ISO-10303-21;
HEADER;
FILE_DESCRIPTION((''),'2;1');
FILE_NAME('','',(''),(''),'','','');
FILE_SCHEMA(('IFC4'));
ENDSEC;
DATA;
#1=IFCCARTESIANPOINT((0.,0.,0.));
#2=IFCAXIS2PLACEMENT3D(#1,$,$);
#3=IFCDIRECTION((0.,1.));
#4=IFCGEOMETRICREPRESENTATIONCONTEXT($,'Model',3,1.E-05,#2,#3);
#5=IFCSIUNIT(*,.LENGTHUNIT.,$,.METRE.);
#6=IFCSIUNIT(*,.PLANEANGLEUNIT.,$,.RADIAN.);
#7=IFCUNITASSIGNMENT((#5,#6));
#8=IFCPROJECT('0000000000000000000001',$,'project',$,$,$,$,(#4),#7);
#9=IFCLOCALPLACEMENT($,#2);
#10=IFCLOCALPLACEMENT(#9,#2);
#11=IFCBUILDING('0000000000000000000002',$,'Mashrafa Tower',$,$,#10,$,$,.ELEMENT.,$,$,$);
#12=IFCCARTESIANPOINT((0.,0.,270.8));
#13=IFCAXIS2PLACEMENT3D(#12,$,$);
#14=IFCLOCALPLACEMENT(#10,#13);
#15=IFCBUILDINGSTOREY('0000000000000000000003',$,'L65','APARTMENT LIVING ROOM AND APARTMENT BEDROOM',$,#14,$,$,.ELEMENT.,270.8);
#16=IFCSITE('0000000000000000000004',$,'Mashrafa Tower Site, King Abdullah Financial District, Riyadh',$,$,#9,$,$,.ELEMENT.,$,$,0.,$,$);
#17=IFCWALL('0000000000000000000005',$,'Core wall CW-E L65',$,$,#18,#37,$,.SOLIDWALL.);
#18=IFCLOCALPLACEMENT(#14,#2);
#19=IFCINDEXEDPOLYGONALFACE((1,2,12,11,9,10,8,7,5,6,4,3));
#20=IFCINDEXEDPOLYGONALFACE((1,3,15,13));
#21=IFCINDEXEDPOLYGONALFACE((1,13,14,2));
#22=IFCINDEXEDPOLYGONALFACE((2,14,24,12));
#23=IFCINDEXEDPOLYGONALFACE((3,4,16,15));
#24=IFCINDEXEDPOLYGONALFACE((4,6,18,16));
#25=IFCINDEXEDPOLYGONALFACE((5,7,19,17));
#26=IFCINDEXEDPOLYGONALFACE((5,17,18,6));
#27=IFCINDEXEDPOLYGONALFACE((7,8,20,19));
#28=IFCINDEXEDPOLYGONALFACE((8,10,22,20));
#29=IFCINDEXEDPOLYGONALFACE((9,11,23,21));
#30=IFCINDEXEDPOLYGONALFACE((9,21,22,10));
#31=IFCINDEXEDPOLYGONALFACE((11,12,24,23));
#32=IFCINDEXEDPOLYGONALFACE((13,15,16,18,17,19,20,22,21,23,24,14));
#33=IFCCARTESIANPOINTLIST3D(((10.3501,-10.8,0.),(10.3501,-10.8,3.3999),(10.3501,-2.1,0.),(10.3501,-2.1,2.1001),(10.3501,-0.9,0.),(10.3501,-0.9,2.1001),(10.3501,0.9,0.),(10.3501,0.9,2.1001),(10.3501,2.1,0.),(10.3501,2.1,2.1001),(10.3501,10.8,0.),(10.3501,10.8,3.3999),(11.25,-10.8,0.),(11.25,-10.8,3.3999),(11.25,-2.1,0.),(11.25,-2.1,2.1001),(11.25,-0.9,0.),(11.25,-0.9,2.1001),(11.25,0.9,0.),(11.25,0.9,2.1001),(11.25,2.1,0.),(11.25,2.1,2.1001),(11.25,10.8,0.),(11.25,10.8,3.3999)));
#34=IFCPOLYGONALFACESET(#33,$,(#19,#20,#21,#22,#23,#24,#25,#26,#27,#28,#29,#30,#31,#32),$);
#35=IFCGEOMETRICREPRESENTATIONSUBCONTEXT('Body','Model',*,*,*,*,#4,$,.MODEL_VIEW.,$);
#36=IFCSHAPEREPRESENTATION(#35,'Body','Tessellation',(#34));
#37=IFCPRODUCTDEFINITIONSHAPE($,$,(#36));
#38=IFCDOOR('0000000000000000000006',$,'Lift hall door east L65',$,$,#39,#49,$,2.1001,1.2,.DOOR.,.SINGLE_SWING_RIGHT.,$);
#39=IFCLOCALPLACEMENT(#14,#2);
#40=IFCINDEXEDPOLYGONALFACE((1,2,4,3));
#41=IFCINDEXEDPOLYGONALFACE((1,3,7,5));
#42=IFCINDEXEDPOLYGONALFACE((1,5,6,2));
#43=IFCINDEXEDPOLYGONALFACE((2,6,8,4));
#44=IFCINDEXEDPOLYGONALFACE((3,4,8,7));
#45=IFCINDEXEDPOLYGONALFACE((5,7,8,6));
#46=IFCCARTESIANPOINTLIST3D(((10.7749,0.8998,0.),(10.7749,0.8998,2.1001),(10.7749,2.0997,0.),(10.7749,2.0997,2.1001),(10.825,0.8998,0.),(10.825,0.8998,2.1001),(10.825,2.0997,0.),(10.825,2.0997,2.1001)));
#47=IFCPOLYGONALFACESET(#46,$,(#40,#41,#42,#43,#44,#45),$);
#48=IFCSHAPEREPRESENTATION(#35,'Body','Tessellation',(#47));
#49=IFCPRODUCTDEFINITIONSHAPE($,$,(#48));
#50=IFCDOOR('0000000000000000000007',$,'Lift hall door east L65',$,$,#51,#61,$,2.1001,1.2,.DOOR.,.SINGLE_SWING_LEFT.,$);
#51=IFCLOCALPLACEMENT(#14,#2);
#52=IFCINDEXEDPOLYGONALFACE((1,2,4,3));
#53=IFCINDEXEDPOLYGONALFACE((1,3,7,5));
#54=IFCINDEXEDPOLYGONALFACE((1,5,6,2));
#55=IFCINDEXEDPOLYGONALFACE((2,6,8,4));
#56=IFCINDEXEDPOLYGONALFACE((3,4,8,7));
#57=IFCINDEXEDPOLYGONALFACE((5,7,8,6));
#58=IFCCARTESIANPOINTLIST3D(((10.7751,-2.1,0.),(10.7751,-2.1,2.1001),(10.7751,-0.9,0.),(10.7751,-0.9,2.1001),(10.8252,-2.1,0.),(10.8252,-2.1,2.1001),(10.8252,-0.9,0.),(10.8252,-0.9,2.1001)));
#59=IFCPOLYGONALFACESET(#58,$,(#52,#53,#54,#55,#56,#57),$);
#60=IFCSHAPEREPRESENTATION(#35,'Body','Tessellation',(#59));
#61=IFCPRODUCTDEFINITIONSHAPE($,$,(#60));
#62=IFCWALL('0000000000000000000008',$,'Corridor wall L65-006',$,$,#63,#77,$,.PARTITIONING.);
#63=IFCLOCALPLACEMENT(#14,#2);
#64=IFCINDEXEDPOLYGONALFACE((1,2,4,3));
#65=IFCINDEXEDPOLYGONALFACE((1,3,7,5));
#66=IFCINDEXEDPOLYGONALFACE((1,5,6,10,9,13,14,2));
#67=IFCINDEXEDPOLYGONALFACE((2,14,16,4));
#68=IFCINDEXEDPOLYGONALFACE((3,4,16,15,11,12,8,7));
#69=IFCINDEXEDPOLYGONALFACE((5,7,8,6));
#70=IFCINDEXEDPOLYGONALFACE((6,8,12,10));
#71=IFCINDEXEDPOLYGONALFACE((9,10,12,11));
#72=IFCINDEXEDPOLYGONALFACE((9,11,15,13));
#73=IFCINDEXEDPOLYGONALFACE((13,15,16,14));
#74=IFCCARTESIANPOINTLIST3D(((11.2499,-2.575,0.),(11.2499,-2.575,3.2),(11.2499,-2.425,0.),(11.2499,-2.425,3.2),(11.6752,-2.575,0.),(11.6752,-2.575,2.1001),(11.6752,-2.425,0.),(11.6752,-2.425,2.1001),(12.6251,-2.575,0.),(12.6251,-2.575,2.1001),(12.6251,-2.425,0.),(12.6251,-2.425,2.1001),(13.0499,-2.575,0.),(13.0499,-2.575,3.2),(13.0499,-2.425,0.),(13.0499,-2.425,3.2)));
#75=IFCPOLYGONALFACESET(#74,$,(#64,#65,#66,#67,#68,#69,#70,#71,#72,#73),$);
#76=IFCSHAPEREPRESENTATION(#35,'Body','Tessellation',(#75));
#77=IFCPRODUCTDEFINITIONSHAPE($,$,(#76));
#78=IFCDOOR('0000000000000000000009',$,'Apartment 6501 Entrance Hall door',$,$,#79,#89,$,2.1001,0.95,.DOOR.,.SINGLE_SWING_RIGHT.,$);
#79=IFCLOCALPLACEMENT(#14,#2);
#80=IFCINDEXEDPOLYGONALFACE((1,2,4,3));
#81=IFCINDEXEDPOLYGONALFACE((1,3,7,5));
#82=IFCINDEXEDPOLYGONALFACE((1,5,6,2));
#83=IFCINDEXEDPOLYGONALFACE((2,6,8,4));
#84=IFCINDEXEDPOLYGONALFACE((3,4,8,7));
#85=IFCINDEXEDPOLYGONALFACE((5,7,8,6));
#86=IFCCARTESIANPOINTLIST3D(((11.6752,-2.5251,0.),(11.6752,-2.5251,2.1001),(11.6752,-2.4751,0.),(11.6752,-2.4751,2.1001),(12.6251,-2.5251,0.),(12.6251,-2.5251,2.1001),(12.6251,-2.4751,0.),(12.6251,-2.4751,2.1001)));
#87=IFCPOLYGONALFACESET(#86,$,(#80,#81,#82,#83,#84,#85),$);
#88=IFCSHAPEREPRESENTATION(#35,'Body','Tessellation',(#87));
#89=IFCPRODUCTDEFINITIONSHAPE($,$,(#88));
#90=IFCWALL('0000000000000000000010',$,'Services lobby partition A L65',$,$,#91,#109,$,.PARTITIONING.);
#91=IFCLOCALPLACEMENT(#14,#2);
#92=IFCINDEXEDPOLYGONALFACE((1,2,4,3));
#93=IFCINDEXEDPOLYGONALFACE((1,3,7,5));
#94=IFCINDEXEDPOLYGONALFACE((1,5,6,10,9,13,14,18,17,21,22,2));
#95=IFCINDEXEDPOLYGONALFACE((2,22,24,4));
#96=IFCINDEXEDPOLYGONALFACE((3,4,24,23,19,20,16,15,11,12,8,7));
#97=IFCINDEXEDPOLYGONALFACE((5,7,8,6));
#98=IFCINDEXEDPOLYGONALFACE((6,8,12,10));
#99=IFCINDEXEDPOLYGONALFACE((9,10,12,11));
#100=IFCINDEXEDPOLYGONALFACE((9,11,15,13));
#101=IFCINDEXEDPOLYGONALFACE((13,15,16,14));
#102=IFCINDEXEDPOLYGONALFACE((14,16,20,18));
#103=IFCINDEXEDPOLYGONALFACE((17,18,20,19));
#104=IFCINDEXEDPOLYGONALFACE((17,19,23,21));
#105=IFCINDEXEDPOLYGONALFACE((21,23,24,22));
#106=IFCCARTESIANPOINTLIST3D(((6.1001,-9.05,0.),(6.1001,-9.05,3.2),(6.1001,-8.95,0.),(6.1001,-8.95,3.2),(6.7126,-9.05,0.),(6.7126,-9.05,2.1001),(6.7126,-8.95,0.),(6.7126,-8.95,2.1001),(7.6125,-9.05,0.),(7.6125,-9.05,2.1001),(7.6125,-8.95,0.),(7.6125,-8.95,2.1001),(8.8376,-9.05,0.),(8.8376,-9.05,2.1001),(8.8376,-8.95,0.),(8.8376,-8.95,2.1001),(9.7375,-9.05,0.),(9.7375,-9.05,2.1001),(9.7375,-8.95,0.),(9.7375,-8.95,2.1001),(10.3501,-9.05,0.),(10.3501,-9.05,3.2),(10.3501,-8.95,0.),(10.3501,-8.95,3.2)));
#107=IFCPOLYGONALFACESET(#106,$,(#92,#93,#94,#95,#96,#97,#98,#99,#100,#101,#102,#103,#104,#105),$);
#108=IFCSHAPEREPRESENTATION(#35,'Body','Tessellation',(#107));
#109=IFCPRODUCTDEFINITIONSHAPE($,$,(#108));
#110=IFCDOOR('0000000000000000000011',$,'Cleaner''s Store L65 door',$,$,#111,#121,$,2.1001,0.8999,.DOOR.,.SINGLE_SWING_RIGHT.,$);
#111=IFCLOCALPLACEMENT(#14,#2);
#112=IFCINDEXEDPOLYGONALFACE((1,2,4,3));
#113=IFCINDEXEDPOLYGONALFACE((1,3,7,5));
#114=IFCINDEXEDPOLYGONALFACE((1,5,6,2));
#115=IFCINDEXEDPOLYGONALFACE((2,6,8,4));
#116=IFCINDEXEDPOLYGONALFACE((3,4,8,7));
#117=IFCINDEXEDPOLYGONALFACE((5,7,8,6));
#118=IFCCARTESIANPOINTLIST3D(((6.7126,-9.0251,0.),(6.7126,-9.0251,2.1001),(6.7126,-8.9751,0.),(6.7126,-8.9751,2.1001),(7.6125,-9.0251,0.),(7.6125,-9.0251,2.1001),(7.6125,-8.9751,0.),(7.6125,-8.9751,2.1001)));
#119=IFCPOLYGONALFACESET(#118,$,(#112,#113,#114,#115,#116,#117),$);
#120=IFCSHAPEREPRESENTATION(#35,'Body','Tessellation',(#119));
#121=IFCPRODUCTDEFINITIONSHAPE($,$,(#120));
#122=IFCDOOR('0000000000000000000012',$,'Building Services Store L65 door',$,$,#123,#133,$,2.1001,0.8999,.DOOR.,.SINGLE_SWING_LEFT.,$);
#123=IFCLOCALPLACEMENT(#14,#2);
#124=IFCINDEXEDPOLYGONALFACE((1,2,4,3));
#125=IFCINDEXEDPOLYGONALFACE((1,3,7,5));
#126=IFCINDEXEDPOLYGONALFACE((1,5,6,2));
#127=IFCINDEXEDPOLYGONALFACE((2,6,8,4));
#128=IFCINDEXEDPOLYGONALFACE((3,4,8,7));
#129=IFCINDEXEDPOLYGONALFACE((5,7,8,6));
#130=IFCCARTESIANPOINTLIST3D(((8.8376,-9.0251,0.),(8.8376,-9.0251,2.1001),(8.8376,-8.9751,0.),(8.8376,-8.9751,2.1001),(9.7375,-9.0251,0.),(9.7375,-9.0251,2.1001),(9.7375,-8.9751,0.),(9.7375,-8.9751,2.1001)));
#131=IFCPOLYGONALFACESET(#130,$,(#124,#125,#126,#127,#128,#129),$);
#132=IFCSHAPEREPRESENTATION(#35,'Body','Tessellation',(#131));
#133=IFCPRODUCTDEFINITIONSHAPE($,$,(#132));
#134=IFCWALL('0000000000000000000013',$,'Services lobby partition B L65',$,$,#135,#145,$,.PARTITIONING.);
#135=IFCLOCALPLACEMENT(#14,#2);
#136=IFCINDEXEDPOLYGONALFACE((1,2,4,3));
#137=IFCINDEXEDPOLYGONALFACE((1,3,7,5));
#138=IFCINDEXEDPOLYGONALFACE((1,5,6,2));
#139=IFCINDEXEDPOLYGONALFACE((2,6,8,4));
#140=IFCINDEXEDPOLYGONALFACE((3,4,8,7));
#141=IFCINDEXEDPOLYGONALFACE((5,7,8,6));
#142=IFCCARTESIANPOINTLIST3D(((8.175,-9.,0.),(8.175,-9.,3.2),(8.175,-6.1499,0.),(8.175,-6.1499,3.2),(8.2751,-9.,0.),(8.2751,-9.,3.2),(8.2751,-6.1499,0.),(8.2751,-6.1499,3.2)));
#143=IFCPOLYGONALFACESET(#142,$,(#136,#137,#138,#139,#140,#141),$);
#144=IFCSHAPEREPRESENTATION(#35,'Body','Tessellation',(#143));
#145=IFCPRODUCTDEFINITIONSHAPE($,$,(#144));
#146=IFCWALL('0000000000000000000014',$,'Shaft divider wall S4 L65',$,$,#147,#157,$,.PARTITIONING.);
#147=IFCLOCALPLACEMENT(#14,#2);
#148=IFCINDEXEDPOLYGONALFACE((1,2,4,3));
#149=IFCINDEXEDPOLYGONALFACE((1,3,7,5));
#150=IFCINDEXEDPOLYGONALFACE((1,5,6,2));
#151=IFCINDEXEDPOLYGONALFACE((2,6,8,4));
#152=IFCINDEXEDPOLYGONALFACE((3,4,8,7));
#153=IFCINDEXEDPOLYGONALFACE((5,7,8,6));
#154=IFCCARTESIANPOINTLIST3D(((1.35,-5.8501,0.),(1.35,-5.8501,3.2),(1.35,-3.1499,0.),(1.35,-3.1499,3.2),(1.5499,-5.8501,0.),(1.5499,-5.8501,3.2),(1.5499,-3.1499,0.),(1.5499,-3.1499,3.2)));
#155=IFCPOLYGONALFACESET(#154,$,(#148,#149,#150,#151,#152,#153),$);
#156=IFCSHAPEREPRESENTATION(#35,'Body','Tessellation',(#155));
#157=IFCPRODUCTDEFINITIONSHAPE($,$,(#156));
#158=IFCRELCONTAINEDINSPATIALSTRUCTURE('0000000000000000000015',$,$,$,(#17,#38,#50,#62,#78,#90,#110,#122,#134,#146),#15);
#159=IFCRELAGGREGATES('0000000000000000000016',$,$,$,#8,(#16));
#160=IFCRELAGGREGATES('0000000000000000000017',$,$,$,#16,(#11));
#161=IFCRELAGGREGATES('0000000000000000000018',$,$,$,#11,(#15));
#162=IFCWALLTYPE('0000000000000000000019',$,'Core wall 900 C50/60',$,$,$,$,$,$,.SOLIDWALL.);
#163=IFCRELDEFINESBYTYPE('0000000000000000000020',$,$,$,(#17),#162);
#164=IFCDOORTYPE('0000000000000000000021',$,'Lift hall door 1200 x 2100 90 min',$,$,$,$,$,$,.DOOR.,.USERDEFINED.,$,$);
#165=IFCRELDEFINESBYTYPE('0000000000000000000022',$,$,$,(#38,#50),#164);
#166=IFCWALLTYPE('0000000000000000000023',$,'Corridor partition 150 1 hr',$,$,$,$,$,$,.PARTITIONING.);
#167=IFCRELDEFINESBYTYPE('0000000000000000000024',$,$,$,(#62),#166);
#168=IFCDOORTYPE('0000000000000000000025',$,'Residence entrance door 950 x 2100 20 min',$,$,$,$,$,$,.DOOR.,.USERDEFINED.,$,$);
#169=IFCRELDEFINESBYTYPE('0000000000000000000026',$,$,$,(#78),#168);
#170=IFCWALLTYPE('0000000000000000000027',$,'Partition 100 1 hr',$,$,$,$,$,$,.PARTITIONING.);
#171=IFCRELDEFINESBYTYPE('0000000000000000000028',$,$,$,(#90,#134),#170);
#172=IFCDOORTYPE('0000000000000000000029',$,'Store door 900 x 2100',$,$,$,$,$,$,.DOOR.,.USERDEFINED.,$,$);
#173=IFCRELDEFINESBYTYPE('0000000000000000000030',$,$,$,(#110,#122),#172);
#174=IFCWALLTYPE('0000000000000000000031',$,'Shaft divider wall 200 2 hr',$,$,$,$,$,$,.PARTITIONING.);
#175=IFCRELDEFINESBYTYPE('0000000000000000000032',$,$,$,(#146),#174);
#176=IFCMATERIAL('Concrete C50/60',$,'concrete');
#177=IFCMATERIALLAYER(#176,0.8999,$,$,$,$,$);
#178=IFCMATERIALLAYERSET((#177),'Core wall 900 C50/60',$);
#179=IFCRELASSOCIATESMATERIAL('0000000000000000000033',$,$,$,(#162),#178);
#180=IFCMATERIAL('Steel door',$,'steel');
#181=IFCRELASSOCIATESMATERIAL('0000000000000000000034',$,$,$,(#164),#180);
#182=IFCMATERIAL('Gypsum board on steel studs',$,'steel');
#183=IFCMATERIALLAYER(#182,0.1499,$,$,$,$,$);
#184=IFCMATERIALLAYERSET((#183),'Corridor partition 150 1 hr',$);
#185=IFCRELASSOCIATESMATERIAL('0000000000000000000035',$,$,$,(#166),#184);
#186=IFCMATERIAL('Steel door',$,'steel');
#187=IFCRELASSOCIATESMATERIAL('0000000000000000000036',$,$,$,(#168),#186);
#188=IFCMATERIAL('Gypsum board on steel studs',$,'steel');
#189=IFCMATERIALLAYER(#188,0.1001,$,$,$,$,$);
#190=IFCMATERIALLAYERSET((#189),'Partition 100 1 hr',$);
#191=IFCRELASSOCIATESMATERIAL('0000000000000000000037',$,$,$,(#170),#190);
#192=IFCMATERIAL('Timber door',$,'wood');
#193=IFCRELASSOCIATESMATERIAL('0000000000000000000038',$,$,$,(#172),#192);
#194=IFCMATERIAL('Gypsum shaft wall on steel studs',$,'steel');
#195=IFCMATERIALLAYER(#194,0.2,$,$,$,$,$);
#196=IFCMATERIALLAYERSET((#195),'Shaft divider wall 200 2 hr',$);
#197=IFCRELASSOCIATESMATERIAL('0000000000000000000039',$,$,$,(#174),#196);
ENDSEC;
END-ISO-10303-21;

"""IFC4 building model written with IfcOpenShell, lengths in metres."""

from ifc_helpers import new_model, si_unit, direction, frame, frame_2d, origin, place, context, subcontext, project, spatial, rectangle, extrude, material, layer, layer_set, type_object, element, fill, save


model = new_model("IFC4")

# Units and contexts
model_context = context("Model", 3, precision=1e-05, world=origin(), true_north=direction((0.0, 1.0)))
body_context = subcontext(model_context, "Body", "Model", "MODEL_VIEW")
ifc_project = project(units=[si_unit("LENGTHUNIT", "METRE"), si_unit("PLANEANGLEUNIT", "RADIAN")], contexts=[model_context])

# Site, building, storey
site_placement = place(None, origin())
site = spatial("IfcSite", under=ifc_project, at=site_placement, Name="Mashrafa Tower Site, King Abdullah Financial District, Riyadh", CompositionType="ELEMENT", RefElevation=0.0)
building_placement = place(site_placement, origin())
building = spatial("IfcBuilding", under=site, at=building_placement, Name="Mashrafa Tower", CompositionType="ELEMENT")
storey_placement = place(building_placement, frame((0.0, 0.0, 270.8)))
storey = spatial("IfcBuildingStorey", under=building, at=storey_placement, Name="L65", Description="APARTMENT LIVING ROOM AND APARTMENT BEDROOM", CompositionType="ELEMENT", Elevation=270.8)

# Wall, openings, doors
ifc_material_1 = material(Name="Concrete C50/60", Category="concrete")
ifc_layer_1 = layer(ifc_material_1, 0.8999)
ifc_layer_set_1 = layer_set([ifc_layer_1], Name="Core wall 900 C50/60")
wall_type_1 = type_object("IfcWallType", Name="Core wall 900 C50/60", PredefinedType="SOLIDWALL", material=ifc_layer_set_1)
wall_1_placement = place(storey_placement, frame((10.8, -10.8, 0.0), z_axis=(0.0, 0.0, 1.0), x_axis=(0.0, 1.0, 0.0)))
wall_1 = element("IfcWall", 1, at=wall_1_placement, inside=storey, type_object=wall_type_1, Name="Core wall CW-E L65", PredefinedType="SOLIDWALL", context=body_context, shape_type="SweptSolid", body=[
    extrude(rectangle(XDim=21.6001, YDim=0.8999, at=frame_2d((10.8, 0.0))), origin(), (0.0, 0.0, 1.0), 3.3999),
])
opening_1_placement = place(wall_1_placement, frame((11.7, 0.0, 0.0)))
opening_1 = element("IfcOpeningElement", 2, at=opening_1_placement, cuts=wall_1, PredefinedType="OPENING", context=body_context, shape_type="SweptSolid", body=[
    extrude(rectangle(XDim=1.2, YDim=2.1001, at=frame_2d((0.6001, 1.05))), frame((0.0, 0.46, 0.0), z_axis=(0.0, -1.0, 0.0), x_axis=(1.0, 0.0, 0.0)), (0.0, 0.0, 1.0), 0.9199),
])
opening_2_placement = place(wall_1_placement, frame((8.7, 0.0, 0.0)))
opening_2 = element("IfcOpeningElement", 3, at=opening_2_placement, cuts=wall_1, PredefinedType="OPENING", context=body_context, shape_type="SweptSolid", body=[
    extrude(rectangle(XDim=1.2, YDim=2.1001, at=frame_2d((0.6001, 1.05))), frame((0.0, 0.46, 0.0), z_axis=(0.0, -1.0, 0.0), x_axis=(1.0, 0.0, 0.0)), (0.0, 0.0, 1.0), 0.9199),
])
ifc_material_2 = material(Name="Steel door", Category="steel")
door_type_1 = type_object("IfcDoorType", Name="Lift hall door 1200 x 2100 90 min", OperationType="USERDEFINED", PredefinedType="DOOR", material=ifc_material_2)
door_1_placement = place(opening_1_placement, frame((1.2, 0.0, 0.0), z_axis=(0.0, 0.0, 1.0), x_axis=(-1.0, 0.0, 0.0)))
door_1 = element("IfcDoor", 4, at=door_1_placement, inside=storey, type_object=door_type_1, Name="Lift hall door east L65", OperationType="SINGLE_SWING_RIGHT", OverallHeight=2.1001, OverallWidth=1.2, PredefinedType="DOOR", context=body_context, shape_type="SweptSolid", body=[
    extrude(rectangle(XDim=1.2, YDim=2.1001, at=frame_2d((0.6001, 1.05))), frame((0.0, 0.0249, 0.0), z_axis=(0.0, -1.0, 0.0), x_axis=(1.0, 0.0, 0.0)), (0.0, 0.0, 1.0), 0.05),
])
fill(opening_1, door_1)
door_2_placement = place(opening_2_placement, origin())
door_2 = element("IfcDoor", 5, at=door_2_placement, inside=storey, type_object=door_type_1, Name="Lift hall door east L65", OperationType="SINGLE_SWING_LEFT", OverallHeight=2.1001, OverallWidth=1.2, PredefinedType="DOOR", context=body_context, shape_type="SweptSolid", body=[
    extrude(rectangle(XDim=1.2, YDim=2.1001, at=frame_2d((0.6001, 1.05))), frame((0.0, 0.0249, 0.0), z_axis=(0.0, -1.0, 0.0), x_axis=(1.0, 0.0, 0.0)), (0.0, 0.0, 1.0), 0.05),
])
fill(opening_2, door_2)

# Wall, opening, door
ifc_material_3 = material(Name="Gypsum board on steel studs", Category="steel")
ifc_layer_2 = layer(ifc_material_3, 0.1499)
ifc_layer_set_2 = layer_set([ifc_layer_2], Name="Corridor partition 150 1 hr")
wall_type_2 = type_object("IfcWallType", Name="Corridor partition 150 1 hr", PredefinedType="PARTITIONING", material=ifc_layer_set_2)
wall_2_placement = place(storey_placement, frame((11.25, -2.5, 0.0), z_axis=(0.0, 0.0, 1.0), x_axis=(1.0, 0.0, 0.0)))
wall_2 = element("IfcWall", 6, at=wall_2_placement, inside=storey, type_object=wall_type_2, Name="Corridor wall L65-006", PredefinedType="PARTITIONING", context=body_context, shape_type="SweptSolid", body=[
    extrude(rectangle(XDim=1.8, YDim=0.1499, at=frame_2d((0.8999, 0.0))), origin(), (0.0, 0.0, 1.0), 3.2),
])
opening_3_placement = place(wall_2_placement, frame((0.425, 0.0, 0.0)))
opening_3 = element("IfcOpeningElement", 7, at=opening_3_placement, cuts=wall_2, PredefinedType="OPENING", context=body_context, shape_type="SweptSolid", body=[
    extrude(rectangle(XDim=0.95, YDim=2.1001, at=frame_2d((0.4751, 1.05))), frame((0.0, 0.085, 0.0), z_axis=(0.0, -1.0, 0.0), x_axis=(1.0, 0.0, 0.0)), (0.0, 0.0, 1.0), 0.1699),
])
ifc_material_4 = material(Name="Steel door", Category="steel")
door_type_2 = type_object("IfcDoorType", Name="Residence entrance door 950 x 2100 20 min", OperationType="USERDEFINED", PredefinedType="DOOR", material=ifc_material_4)
door_3_placement = place(opening_3_placement, origin())
door_3 = element("IfcDoor", 8, at=door_3_placement, inside=storey, type_object=door_type_2, Name="Apartment 6501 Entrance Hall door", OperationType="SINGLE_SWING_RIGHT", OverallHeight=2.1001, OverallWidth=0.95, PredefinedType="DOOR", context=body_context, shape_type="SweptSolid", body=[
    extrude(rectangle(XDim=0.95, YDim=2.1001, at=frame_2d((0.4751, 1.05))), frame((0.0, 0.0249, 0.0), z_axis=(0.0, -1.0, 0.0), x_axis=(1.0, 0.0, 0.0)), (0.0, 0.0, 1.0), 0.05),
])
fill(opening_3, door_3)

# Wall, openings, doors
ifc_material_5 = material(Name="Gypsum board on steel studs", Category="steel")
ifc_layer_3 = layer(ifc_material_5, 0.1001)
ifc_layer_set_3 = layer_set([ifc_layer_3], Name="Partition 100 1 hr")
wall_type_3 = type_object("IfcWallType", Name="Partition 100 1 hr", PredefinedType="PARTITIONING", material=ifc_layer_set_3)
wall_3_placement = place(storey_placement, frame((6.1001, -9.0, 0.0), z_axis=(0.0, 0.0, 1.0), x_axis=(1.0, 0.0, 0.0)))
wall_3 = element("IfcWall", 9, at=wall_3_placement, inside=storey, type_object=wall_type_3, Name="Services lobby partition A L65", PredefinedType="PARTITIONING", context=body_context, shape_type="SweptSolid", body=[
    extrude(rectangle(XDim=4.25, YDim=0.1001, at=frame_2d((2.125, 0.0))), origin(), (0.0, 0.0, 1.0), 3.2),
])
opening_4_placement = place(wall_3_placement, frame((0.6125, 0.0, 0.0)))
opening_4 = element("IfcOpeningElement", 10, at=opening_4_placement, cuts=wall_3, PredefinedType="OPENING", context=body_context, shape_type="SweptSolid", body=[
    extrude(rectangle(XDim=0.8999, YDim=2.1001, at=frame_2d((0.45, 1.05))), frame((0.0, 0.0601, 0.0), z_axis=(0.0, -1.0, 0.0), x_axis=(1.0, 0.0, 0.0)), (0.0, 0.0, 1.0), 0.1201),
])
opening_5_placement = place(wall_3_placement, frame((2.7375, 0.0, 0.0)))
opening_5 = element("IfcOpeningElement", 11, at=opening_5_placement, cuts=wall_3, PredefinedType="OPENING", context=body_context, shape_type="SweptSolid", body=[
    extrude(rectangle(XDim=0.8999, YDim=2.1001, at=frame_2d((0.45, 1.05))), frame((0.0, 0.0601, 0.0), z_axis=(0.0, -1.0, 0.0), x_axis=(1.0, 0.0, 0.0)), (0.0, 0.0, 1.0), 0.1201),
])
ifc_material_6 = material(Name="Timber door", Category="wood")
door_type_3 = type_object("IfcDoorType", Name="Store door 900 x 2100", OperationType="USERDEFINED", PredefinedType="DOOR", material=ifc_material_6)
door_4_placement = place(opening_4_placement, origin())
door_4 = element("IfcDoor", 12, at=door_4_placement, inside=storey, type_object=door_type_3, Name="Cleaner's Store L65 door", OperationType="SINGLE_SWING_RIGHT", OverallHeight=2.1001, OverallWidth=0.8999, PredefinedType="DOOR", context=body_context, shape_type="SweptSolid", body=[
    extrude(rectangle(XDim=0.8999, YDim=2.1001, at=frame_2d((0.45, 1.05))), frame((0.0, 0.0249, 0.0), z_axis=(0.0, -1.0, 0.0), x_axis=(1.0, 0.0, 0.0)), (0.0, 0.0, 1.0), 0.05),
])
fill(opening_4, door_4)
door_5_placement = place(opening_5_placement, origin())
door_5 = element("IfcDoor", 13, at=door_5_placement, inside=storey, type_object=door_type_3, Name="Building Services Store L65 door", OperationType="SINGLE_SWING_LEFT", OverallHeight=2.1001, OverallWidth=0.8999, PredefinedType="DOOR", context=body_context, shape_type="SweptSolid", body=[
    extrude(rectangle(XDim=0.8999, YDim=2.1001, at=frame_2d((0.45, 1.05))), frame((0.0, 0.0249, 0.0), z_axis=(0.0, -1.0, 0.0), x_axis=(1.0, 0.0, 0.0)), (0.0, 0.0, 1.0), 0.05),
])
fill(opening_5, door_5)

# Walls
wall_4_placement = place(storey_placement, frame((8.2251, -9.0, 0.0), z_axis=(0.0, 0.0, 1.0), x_axis=(0.0, 1.0, 0.0)))
element("IfcWall", 14, at=wall_4_placement, inside=storey, type_object=wall_type_3, Name="Services lobby partition B L65", PredefinedType="PARTITIONING", context=body_context, shape_type="SweptSolid", body=[
    extrude(rectangle(XDim=2.8501, YDim=0.1001, at=frame_2d((1.425, 0.0))), origin(), (0.0, 0.0, 1.0), 3.2),
])
ifc_material_7 = material(Name="Gypsum shaft wall on steel studs", Category="steel")
ifc_layer_4 = layer(ifc_material_7, 0.2)
ifc_layer_set_4 = layer_set([ifc_layer_4], Name="Shaft divider wall 200 2 hr")
wall_type_4 = type_object("IfcWallType", Name="Shaft divider wall 200 2 hr", PredefinedType="PARTITIONING", material=ifc_layer_set_4)
for number, where, z_axis, x_axis, name in (
    (15, (1.45, -5.8501, 0.0), (0.0, 0.0, 1.0), (0.0, 1.0, 0.0), "Shaft divider wall S4 L65"),
):
    element("IfcWall", number, at=place(storey_placement, frame(where, z_axis=z_axis, x_axis=x_axis)), inside=storey, type_object=wall_type_4, Name=name, PredefinedType="PARTITIONING", context=body_context, shape_type="SweptSolid", body=[
        extrude(rectangle(XDim=2.7002, YDim=0.2, at=frame_2d((1.3501, 0.0))), origin(), (0.0, 0.0, 1.0), 3.2),
    ])

save(model, "model.ifc")
